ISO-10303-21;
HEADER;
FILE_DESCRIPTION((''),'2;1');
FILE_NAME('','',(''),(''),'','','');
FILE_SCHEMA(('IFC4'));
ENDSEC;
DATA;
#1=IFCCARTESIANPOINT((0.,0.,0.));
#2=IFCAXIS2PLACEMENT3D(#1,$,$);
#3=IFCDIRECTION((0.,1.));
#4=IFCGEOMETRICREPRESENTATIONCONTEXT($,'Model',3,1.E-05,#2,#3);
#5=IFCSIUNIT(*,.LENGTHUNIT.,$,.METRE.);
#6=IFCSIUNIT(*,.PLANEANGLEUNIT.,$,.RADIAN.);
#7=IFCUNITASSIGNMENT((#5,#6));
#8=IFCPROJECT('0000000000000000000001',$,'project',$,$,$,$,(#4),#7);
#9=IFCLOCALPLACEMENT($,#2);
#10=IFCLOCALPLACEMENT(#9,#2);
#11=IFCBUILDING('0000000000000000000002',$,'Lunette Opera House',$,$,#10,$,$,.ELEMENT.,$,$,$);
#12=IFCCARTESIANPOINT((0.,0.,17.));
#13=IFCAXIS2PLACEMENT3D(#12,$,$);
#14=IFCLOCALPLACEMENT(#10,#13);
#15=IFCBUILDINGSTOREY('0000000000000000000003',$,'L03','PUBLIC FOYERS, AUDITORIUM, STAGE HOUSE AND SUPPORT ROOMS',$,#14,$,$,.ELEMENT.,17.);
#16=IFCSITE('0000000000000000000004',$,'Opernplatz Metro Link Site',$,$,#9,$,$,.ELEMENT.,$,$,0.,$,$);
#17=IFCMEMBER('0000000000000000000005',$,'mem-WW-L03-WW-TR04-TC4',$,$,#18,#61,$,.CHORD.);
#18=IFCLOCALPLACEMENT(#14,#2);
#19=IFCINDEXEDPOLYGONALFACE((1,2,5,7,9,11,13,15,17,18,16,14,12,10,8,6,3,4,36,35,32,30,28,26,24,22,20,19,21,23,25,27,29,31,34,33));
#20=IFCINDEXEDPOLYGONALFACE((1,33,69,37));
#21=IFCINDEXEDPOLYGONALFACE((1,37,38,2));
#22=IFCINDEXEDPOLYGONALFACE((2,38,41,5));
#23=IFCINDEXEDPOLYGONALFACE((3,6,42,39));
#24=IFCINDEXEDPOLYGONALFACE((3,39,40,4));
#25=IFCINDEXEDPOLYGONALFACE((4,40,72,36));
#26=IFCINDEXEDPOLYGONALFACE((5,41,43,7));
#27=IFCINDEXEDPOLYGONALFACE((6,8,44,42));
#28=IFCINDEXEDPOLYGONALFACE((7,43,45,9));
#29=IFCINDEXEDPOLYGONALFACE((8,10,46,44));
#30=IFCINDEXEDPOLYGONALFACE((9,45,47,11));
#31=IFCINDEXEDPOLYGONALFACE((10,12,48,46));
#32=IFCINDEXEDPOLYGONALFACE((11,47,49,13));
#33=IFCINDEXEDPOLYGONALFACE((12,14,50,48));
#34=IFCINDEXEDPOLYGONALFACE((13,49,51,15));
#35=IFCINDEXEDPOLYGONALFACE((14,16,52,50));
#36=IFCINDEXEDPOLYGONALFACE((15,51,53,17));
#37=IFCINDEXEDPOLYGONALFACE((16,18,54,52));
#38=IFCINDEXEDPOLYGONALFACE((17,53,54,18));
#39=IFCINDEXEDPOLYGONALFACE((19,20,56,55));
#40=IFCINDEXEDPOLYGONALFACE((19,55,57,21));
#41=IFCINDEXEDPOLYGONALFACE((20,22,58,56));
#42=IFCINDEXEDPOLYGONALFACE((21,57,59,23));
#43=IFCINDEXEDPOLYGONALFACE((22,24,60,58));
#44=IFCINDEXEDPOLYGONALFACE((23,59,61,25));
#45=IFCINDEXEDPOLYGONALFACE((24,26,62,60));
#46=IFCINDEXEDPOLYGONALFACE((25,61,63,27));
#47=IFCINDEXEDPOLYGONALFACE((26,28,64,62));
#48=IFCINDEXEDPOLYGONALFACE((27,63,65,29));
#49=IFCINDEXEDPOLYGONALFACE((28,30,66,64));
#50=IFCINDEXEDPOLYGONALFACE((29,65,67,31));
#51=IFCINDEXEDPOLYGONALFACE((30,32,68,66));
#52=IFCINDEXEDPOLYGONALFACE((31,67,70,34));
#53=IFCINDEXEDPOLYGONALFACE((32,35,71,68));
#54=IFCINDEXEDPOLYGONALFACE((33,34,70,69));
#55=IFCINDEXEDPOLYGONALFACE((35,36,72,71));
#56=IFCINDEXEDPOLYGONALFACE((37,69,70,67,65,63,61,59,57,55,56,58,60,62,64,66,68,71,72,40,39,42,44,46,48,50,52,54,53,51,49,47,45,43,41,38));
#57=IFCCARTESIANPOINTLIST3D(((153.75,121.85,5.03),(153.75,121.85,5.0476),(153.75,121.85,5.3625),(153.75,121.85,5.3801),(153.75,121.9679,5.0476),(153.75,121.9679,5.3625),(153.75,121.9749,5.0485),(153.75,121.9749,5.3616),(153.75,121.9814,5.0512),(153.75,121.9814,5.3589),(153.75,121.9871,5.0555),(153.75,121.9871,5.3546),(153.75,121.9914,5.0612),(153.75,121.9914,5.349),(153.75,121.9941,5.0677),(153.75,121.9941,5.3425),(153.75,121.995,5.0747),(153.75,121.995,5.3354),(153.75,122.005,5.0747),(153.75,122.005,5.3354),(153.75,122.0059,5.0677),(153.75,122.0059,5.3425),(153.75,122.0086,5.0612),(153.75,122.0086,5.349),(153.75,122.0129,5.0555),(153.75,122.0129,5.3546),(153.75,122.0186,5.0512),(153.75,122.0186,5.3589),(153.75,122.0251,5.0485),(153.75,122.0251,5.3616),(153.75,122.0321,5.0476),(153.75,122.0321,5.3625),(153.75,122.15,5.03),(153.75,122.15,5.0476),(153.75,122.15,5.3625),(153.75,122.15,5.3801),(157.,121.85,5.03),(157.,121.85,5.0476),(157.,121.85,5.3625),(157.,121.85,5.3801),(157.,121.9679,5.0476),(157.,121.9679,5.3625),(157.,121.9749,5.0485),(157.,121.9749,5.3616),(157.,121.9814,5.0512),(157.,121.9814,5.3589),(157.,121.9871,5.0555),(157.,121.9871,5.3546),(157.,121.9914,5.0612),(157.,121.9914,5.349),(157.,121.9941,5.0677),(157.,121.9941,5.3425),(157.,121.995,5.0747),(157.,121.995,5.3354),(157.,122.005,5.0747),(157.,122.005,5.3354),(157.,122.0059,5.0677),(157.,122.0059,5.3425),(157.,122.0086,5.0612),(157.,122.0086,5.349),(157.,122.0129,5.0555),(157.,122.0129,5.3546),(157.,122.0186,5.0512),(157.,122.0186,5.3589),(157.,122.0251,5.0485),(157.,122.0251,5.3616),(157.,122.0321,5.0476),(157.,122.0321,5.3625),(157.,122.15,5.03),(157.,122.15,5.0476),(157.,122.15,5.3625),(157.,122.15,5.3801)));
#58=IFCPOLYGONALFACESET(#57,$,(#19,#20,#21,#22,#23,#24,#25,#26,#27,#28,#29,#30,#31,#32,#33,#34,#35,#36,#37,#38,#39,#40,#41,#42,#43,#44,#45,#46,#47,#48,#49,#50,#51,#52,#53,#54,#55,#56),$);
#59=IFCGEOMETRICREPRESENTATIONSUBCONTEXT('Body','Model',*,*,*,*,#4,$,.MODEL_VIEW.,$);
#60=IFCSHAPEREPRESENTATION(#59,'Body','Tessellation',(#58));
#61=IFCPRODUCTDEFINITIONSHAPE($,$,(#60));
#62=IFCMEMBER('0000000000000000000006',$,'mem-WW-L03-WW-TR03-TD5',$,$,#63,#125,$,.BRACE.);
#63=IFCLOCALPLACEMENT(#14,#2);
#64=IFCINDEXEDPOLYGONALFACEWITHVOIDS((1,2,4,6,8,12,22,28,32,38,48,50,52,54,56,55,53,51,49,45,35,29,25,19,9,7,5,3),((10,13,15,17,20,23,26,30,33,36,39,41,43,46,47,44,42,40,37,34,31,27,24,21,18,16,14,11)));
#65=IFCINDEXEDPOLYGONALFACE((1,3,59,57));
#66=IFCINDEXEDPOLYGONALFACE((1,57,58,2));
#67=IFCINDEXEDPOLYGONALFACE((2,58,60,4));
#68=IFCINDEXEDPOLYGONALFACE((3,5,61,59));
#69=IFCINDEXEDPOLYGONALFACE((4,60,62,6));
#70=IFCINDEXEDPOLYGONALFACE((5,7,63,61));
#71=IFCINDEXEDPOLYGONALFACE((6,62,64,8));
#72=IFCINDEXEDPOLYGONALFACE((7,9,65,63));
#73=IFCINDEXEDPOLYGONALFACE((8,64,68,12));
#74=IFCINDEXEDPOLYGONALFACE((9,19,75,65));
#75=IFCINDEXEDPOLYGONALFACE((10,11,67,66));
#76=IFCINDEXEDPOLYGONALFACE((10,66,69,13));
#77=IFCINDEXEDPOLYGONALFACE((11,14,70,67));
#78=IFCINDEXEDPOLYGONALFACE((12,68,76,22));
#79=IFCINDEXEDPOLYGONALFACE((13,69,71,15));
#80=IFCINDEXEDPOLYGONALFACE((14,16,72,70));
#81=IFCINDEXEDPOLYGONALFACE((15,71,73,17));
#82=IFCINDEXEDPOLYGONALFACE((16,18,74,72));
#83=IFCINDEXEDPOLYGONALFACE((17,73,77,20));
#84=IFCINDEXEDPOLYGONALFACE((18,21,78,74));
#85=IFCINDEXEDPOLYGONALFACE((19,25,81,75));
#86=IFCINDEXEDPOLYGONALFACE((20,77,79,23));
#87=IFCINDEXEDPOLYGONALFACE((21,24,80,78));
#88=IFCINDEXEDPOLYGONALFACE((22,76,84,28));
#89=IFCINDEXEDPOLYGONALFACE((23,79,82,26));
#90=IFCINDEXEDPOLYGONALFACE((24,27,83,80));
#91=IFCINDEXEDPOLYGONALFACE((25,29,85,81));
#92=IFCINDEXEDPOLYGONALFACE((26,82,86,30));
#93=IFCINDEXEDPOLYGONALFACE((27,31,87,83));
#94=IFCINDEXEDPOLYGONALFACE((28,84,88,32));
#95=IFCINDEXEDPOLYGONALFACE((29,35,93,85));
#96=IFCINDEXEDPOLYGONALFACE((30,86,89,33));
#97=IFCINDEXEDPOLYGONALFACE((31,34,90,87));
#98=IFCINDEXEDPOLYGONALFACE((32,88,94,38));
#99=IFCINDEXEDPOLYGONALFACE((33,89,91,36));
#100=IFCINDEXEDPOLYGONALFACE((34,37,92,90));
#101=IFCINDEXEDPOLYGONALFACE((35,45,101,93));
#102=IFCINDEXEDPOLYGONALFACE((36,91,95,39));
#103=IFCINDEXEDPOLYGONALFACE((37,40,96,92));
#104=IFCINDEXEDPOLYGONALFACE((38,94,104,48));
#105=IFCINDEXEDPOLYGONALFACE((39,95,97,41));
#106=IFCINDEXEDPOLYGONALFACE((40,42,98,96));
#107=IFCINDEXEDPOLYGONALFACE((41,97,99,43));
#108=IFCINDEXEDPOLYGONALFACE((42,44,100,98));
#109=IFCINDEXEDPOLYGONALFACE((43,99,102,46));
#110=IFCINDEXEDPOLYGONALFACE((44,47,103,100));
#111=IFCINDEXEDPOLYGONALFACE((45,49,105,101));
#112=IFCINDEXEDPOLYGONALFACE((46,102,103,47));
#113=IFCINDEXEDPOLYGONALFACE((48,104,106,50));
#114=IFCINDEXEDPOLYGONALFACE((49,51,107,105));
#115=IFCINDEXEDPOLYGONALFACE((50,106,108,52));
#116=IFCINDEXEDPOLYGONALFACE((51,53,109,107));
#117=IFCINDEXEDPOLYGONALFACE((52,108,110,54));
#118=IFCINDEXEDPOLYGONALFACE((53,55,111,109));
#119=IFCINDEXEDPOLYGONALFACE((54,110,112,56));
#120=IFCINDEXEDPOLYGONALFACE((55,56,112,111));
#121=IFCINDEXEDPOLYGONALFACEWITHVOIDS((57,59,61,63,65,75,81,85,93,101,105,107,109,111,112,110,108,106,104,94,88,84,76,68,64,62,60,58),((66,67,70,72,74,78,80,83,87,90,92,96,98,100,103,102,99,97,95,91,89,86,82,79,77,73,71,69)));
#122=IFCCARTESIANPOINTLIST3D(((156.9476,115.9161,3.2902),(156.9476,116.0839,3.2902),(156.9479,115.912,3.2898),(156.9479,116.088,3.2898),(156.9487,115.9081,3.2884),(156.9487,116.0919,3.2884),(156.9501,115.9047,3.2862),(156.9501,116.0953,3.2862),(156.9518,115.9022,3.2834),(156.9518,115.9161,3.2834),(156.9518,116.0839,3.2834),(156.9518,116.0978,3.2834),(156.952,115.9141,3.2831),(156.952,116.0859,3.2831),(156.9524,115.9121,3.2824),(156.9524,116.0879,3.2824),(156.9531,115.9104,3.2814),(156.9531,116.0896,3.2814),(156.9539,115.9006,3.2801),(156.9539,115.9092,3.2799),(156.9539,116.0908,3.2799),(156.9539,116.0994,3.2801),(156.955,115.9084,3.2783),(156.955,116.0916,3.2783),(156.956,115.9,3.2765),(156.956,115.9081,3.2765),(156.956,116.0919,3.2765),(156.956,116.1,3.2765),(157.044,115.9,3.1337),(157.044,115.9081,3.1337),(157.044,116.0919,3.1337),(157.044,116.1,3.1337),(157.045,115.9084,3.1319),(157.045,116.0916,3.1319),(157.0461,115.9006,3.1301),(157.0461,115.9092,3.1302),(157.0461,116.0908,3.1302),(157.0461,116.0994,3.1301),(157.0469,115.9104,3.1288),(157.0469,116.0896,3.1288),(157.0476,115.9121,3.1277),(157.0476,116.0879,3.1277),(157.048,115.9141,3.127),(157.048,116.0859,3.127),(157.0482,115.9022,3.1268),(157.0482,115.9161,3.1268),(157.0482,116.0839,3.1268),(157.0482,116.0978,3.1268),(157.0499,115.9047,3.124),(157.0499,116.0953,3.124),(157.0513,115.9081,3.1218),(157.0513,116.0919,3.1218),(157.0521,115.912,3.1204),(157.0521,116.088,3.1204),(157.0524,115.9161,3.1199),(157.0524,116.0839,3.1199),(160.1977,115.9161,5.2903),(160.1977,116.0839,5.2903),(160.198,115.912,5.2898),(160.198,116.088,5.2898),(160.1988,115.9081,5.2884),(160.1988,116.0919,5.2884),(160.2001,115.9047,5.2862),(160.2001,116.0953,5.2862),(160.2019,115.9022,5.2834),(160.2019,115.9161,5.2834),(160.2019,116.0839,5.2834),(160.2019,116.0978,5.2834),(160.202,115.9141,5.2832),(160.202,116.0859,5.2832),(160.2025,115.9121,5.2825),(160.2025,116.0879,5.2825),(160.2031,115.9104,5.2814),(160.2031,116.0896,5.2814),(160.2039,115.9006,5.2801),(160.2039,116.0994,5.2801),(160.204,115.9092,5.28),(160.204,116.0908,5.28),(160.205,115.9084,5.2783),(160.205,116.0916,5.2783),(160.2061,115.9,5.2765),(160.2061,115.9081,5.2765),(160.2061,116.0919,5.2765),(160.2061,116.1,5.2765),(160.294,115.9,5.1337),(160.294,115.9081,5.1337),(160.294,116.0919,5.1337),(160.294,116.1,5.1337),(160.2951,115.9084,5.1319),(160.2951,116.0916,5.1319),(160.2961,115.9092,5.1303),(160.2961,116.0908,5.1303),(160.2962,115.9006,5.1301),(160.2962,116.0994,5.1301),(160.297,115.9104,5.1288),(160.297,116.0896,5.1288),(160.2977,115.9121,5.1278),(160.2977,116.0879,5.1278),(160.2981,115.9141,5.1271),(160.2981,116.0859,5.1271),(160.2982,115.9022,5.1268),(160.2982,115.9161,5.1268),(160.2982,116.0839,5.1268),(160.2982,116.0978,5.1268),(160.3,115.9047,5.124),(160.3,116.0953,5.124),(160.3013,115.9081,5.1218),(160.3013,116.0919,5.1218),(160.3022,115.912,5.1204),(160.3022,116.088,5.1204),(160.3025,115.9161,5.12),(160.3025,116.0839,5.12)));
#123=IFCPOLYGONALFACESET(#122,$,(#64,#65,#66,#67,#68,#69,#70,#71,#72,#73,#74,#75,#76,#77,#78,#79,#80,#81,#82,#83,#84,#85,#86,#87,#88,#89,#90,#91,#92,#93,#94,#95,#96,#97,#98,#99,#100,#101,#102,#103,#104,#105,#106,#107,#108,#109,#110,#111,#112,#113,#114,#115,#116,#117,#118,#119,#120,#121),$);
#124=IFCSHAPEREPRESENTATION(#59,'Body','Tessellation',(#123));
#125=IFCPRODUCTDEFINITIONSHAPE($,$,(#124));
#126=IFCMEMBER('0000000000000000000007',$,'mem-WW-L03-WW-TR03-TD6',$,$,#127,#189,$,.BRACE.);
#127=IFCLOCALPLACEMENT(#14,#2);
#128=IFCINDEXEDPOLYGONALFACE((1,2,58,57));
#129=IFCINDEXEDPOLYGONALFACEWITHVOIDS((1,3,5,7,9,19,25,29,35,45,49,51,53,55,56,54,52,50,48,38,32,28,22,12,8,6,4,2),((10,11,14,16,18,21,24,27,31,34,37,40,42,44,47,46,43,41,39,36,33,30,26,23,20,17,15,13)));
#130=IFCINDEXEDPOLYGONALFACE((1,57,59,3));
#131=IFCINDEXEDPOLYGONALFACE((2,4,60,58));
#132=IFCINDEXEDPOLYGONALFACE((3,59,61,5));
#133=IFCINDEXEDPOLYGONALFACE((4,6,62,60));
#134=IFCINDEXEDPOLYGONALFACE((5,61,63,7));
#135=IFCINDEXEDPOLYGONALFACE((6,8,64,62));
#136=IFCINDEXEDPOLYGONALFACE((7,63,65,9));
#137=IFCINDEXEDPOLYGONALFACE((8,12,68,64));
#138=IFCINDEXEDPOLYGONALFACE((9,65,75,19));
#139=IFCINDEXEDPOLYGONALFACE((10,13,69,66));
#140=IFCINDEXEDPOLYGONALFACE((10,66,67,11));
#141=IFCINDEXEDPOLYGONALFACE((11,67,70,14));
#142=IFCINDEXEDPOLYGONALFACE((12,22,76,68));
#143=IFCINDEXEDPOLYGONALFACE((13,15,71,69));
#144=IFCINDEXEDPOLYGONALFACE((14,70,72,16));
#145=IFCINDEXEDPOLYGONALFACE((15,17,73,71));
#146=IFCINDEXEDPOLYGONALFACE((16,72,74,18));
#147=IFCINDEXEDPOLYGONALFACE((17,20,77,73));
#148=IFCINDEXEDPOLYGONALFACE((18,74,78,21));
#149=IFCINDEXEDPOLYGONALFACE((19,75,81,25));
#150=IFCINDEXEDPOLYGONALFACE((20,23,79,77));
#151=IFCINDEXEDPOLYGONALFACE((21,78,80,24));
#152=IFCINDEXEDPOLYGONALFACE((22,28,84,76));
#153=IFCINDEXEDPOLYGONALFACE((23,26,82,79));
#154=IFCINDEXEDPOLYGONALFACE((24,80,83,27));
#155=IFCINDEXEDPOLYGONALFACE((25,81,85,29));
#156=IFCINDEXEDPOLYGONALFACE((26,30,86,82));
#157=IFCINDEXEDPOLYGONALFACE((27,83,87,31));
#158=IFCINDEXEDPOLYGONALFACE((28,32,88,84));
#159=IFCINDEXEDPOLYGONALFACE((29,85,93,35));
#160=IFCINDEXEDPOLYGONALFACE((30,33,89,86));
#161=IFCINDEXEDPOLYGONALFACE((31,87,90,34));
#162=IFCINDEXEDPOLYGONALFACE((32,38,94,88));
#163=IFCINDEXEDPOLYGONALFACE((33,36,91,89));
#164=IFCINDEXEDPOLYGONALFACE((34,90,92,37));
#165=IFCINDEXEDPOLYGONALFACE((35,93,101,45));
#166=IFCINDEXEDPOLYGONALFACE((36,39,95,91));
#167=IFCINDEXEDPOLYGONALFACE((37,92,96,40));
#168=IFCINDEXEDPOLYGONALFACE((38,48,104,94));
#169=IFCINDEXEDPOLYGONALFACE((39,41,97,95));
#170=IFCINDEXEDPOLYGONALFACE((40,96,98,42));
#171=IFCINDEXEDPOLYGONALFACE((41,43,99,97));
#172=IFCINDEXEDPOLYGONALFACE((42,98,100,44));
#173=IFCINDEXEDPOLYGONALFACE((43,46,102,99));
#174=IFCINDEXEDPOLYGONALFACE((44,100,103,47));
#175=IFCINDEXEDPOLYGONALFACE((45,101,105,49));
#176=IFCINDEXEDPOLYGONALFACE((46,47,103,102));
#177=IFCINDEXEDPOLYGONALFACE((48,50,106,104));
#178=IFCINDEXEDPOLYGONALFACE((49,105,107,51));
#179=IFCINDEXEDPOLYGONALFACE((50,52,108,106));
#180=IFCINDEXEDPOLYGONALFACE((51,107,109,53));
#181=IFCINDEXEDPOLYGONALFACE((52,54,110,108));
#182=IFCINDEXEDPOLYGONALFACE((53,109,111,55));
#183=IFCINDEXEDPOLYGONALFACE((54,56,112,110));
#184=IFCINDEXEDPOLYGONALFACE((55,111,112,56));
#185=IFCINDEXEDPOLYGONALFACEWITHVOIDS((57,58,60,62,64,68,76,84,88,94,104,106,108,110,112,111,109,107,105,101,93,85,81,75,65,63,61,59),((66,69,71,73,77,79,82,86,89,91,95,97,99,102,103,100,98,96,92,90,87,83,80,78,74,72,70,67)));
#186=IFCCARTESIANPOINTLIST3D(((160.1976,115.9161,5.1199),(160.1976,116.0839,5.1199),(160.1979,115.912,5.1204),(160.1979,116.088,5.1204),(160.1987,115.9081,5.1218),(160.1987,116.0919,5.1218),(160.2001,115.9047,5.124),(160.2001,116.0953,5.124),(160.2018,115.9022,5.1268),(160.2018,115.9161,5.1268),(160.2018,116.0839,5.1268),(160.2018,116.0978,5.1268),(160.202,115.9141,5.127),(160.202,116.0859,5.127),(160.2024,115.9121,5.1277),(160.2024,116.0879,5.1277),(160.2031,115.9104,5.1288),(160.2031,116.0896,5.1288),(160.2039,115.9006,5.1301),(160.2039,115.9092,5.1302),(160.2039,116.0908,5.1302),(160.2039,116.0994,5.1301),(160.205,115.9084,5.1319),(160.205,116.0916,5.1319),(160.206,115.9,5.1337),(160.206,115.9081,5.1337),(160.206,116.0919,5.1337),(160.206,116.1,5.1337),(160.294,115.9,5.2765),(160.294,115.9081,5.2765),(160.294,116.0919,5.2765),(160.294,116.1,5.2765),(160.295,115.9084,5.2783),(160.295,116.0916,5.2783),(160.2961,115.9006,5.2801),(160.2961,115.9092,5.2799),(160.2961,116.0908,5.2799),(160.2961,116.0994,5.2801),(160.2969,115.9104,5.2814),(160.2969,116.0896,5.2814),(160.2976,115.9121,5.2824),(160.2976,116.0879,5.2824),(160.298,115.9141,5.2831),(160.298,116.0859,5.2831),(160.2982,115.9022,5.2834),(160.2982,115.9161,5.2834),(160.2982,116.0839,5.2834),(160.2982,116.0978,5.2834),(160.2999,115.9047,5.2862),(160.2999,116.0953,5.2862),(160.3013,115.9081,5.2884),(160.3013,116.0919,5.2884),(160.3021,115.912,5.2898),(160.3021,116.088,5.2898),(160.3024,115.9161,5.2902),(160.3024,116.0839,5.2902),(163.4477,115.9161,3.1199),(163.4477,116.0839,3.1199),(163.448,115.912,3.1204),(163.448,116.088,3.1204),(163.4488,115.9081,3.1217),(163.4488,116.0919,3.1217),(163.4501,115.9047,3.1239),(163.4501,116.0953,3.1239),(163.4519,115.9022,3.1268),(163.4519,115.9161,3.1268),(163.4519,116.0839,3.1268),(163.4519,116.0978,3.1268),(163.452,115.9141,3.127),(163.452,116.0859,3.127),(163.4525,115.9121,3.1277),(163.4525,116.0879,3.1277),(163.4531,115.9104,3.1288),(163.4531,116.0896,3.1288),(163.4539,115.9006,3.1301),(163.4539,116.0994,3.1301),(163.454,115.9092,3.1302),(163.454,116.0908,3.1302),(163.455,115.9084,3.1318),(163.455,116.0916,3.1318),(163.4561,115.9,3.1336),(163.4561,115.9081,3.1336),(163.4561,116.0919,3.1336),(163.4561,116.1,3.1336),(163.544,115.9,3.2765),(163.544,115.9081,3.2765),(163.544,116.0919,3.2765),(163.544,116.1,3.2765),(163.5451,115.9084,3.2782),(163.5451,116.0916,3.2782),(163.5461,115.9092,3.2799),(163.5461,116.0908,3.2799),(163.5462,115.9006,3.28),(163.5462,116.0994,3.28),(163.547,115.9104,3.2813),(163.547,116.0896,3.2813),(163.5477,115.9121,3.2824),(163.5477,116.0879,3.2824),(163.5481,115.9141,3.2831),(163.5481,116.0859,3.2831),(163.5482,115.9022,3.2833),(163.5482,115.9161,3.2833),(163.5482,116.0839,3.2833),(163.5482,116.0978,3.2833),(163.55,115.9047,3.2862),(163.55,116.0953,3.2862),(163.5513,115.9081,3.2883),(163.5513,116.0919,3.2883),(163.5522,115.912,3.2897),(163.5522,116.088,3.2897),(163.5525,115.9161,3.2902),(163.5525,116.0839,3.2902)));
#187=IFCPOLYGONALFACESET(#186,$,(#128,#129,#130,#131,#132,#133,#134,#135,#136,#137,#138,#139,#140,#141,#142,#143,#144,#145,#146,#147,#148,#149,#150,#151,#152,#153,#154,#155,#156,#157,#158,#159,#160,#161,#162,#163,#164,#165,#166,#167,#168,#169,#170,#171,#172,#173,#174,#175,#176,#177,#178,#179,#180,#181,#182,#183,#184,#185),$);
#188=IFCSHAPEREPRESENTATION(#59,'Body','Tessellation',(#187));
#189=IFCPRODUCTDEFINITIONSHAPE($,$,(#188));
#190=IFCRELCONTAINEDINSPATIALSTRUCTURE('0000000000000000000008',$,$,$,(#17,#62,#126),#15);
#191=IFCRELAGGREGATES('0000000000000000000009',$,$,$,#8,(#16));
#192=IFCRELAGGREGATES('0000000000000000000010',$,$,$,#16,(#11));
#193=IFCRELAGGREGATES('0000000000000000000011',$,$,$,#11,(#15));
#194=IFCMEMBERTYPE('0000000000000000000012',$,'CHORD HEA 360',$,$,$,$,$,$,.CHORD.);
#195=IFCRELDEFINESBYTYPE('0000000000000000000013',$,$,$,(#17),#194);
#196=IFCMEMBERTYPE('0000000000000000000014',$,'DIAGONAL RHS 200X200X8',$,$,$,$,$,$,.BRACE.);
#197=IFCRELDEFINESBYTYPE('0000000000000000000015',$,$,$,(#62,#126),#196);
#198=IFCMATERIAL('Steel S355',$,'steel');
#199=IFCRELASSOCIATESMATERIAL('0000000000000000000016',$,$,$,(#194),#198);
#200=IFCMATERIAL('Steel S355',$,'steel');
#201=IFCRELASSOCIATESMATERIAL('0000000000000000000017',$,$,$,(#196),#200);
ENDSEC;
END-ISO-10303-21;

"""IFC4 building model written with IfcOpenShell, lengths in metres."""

from ifc_helpers import new_model, si_unit, direction, frame, origin, origin_2d, place, context, subcontext, project, spatial, hollow_rectangle, i_section, extrude, material, material_profile, profile_set, type_object, element, save


model = new_model("IFC4")

# Units and contexts
model_context = context("Model", 3, precision=1e-05, world=origin(), true_north=direction((0.0, 1.0)))
body_context = subcontext(model_context, "Body", "Model", "MODEL_VIEW")
ifc_project = project(units=[si_unit("LENGTHUNIT", "METRE"), si_unit("PLANEANGLEUNIT", "RADIAN")], contexts=[model_context])

# Site, building, storey
site_placement = place(None, origin())
site = spatial("IfcSite", under=ifc_project, at=site_placement, Name="Opernplatz Metro Link Site", CompositionType="ELEMENT", RefElevation=0.0)
building_placement = place(site_placement, origin())
building = spatial("IfcBuilding", under=site, at=building_placement, Name="Lunette Opera House", CompositionType="ELEMENT")
storey_placement = place(building_placement, frame((0.0, 0.0, 17.0)))
storey = spatial("IfcBuildingStorey", under=building, at=storey_placement, Name="L03", Description="PUBLIC FOYERS, AUDITORIUM, STAGE HOUSE AND SUPPORT ROOMS", CompositionType="ELEMENT", Elevation=17.0)

# Members
ifc_material_1 = material(Name="Steel S355", Category="steel")
ifc_material_profile_1 = material_profile(ifc_material_1, i_section(OverallWidth=0.3, OverallDepth=0.3501, WebThickness=0.01, FlangeThickness=0.0176, FilletRadius=0.0271, at=origin_2d()), Name="HEA 360")
ifc_profile_set_1 = profile_set([ifc_material_profile_1], Name="Steel S355")
member_type_1 = type_object("IfcMemberType", Name="CHORD HEA 360", PredefinedType="CHORD", material=ifc_profile_set_1)
for number, where, z_axis, x_axis, name in (
    (1, (153.75, 122.0, 5.2051), (1.0, 0.0, 0.0), (0.0, 1.0, 0.0), "mem-WW-L03-WW-TR04-TC4"),
):
    element("IfcMember", number, at=place(storey_placement, frame(where, z_axis=z_axis, x_axis=x_axis)), inside=storey, type_object=member_type_1, Name=name, PredefinedType="CHORD", context=body_context, shape_type="SweptSolid", body=[
        extrude(i_section(OverallWidth=0.3, OverallDepth=0.3501, WebThickness=0.01, FlangeThickness=0.0176, FilletRadius=0.0271, at=origin_2d()), origin(), (0.0, 0.0, 1.0), 3.25),
    ])
ifc_material_2 = material(Name="Steel S355", Category="steel")
ifc_material_profile_2 = material_profile(ifc_material_2, hollow_rectangle(XDim=0.2, YDim=0.2, WallThickness=0.0081, InnerFilletRadius=0.0081, OuterFilletRadius=0.0161, at=origin_2d()), Name="RHS 200X200X8")
ifc_profile_set_2 = profile_set([ifc_material_profile_2], Name="Steel S355")
member_type_2 = type_object("IfcMemberType", Name="DIAGONAL RHS 200X200X8", PredefinedType="BRACE", material=ifc_profile_set_2)
for number, where, z_axis, x_axis, name in (
    (2, (157.0, 116.0, 3.2051), (0.851658, 0.0, 0.524097), (0.0, 1.0, 0.0), "mem-WW-L03-WW-TR03-TD5"),
    (3, (160.25, 116.0, 5.2051), (0.851658, 0.0, -0.524097), (0.0, 1.0, 0.0), "mem-WW-L03-WW-TR03-TD6"),
):
    element("IfcMember", number, at=place(storey_placement, frame(where, z_axis=z_axis, x_axis=x_axis)), inside=storey, type_object=member_type_2, Name=name, PredefinedType="BRACE", context=body_context, shape_type="SweptSolid", body=[
        extrude(hollow_rectangle(XDim=0.2, YDim=0.2, WallThickness=0.0081, InnerFilletRadius=0.0081, OuterFilletRadius=0.0161, at=origin_2d()), origin(), (0.0, 0.0, 1.0), 3.8162),
    ])

save(model, "model.ifc")
